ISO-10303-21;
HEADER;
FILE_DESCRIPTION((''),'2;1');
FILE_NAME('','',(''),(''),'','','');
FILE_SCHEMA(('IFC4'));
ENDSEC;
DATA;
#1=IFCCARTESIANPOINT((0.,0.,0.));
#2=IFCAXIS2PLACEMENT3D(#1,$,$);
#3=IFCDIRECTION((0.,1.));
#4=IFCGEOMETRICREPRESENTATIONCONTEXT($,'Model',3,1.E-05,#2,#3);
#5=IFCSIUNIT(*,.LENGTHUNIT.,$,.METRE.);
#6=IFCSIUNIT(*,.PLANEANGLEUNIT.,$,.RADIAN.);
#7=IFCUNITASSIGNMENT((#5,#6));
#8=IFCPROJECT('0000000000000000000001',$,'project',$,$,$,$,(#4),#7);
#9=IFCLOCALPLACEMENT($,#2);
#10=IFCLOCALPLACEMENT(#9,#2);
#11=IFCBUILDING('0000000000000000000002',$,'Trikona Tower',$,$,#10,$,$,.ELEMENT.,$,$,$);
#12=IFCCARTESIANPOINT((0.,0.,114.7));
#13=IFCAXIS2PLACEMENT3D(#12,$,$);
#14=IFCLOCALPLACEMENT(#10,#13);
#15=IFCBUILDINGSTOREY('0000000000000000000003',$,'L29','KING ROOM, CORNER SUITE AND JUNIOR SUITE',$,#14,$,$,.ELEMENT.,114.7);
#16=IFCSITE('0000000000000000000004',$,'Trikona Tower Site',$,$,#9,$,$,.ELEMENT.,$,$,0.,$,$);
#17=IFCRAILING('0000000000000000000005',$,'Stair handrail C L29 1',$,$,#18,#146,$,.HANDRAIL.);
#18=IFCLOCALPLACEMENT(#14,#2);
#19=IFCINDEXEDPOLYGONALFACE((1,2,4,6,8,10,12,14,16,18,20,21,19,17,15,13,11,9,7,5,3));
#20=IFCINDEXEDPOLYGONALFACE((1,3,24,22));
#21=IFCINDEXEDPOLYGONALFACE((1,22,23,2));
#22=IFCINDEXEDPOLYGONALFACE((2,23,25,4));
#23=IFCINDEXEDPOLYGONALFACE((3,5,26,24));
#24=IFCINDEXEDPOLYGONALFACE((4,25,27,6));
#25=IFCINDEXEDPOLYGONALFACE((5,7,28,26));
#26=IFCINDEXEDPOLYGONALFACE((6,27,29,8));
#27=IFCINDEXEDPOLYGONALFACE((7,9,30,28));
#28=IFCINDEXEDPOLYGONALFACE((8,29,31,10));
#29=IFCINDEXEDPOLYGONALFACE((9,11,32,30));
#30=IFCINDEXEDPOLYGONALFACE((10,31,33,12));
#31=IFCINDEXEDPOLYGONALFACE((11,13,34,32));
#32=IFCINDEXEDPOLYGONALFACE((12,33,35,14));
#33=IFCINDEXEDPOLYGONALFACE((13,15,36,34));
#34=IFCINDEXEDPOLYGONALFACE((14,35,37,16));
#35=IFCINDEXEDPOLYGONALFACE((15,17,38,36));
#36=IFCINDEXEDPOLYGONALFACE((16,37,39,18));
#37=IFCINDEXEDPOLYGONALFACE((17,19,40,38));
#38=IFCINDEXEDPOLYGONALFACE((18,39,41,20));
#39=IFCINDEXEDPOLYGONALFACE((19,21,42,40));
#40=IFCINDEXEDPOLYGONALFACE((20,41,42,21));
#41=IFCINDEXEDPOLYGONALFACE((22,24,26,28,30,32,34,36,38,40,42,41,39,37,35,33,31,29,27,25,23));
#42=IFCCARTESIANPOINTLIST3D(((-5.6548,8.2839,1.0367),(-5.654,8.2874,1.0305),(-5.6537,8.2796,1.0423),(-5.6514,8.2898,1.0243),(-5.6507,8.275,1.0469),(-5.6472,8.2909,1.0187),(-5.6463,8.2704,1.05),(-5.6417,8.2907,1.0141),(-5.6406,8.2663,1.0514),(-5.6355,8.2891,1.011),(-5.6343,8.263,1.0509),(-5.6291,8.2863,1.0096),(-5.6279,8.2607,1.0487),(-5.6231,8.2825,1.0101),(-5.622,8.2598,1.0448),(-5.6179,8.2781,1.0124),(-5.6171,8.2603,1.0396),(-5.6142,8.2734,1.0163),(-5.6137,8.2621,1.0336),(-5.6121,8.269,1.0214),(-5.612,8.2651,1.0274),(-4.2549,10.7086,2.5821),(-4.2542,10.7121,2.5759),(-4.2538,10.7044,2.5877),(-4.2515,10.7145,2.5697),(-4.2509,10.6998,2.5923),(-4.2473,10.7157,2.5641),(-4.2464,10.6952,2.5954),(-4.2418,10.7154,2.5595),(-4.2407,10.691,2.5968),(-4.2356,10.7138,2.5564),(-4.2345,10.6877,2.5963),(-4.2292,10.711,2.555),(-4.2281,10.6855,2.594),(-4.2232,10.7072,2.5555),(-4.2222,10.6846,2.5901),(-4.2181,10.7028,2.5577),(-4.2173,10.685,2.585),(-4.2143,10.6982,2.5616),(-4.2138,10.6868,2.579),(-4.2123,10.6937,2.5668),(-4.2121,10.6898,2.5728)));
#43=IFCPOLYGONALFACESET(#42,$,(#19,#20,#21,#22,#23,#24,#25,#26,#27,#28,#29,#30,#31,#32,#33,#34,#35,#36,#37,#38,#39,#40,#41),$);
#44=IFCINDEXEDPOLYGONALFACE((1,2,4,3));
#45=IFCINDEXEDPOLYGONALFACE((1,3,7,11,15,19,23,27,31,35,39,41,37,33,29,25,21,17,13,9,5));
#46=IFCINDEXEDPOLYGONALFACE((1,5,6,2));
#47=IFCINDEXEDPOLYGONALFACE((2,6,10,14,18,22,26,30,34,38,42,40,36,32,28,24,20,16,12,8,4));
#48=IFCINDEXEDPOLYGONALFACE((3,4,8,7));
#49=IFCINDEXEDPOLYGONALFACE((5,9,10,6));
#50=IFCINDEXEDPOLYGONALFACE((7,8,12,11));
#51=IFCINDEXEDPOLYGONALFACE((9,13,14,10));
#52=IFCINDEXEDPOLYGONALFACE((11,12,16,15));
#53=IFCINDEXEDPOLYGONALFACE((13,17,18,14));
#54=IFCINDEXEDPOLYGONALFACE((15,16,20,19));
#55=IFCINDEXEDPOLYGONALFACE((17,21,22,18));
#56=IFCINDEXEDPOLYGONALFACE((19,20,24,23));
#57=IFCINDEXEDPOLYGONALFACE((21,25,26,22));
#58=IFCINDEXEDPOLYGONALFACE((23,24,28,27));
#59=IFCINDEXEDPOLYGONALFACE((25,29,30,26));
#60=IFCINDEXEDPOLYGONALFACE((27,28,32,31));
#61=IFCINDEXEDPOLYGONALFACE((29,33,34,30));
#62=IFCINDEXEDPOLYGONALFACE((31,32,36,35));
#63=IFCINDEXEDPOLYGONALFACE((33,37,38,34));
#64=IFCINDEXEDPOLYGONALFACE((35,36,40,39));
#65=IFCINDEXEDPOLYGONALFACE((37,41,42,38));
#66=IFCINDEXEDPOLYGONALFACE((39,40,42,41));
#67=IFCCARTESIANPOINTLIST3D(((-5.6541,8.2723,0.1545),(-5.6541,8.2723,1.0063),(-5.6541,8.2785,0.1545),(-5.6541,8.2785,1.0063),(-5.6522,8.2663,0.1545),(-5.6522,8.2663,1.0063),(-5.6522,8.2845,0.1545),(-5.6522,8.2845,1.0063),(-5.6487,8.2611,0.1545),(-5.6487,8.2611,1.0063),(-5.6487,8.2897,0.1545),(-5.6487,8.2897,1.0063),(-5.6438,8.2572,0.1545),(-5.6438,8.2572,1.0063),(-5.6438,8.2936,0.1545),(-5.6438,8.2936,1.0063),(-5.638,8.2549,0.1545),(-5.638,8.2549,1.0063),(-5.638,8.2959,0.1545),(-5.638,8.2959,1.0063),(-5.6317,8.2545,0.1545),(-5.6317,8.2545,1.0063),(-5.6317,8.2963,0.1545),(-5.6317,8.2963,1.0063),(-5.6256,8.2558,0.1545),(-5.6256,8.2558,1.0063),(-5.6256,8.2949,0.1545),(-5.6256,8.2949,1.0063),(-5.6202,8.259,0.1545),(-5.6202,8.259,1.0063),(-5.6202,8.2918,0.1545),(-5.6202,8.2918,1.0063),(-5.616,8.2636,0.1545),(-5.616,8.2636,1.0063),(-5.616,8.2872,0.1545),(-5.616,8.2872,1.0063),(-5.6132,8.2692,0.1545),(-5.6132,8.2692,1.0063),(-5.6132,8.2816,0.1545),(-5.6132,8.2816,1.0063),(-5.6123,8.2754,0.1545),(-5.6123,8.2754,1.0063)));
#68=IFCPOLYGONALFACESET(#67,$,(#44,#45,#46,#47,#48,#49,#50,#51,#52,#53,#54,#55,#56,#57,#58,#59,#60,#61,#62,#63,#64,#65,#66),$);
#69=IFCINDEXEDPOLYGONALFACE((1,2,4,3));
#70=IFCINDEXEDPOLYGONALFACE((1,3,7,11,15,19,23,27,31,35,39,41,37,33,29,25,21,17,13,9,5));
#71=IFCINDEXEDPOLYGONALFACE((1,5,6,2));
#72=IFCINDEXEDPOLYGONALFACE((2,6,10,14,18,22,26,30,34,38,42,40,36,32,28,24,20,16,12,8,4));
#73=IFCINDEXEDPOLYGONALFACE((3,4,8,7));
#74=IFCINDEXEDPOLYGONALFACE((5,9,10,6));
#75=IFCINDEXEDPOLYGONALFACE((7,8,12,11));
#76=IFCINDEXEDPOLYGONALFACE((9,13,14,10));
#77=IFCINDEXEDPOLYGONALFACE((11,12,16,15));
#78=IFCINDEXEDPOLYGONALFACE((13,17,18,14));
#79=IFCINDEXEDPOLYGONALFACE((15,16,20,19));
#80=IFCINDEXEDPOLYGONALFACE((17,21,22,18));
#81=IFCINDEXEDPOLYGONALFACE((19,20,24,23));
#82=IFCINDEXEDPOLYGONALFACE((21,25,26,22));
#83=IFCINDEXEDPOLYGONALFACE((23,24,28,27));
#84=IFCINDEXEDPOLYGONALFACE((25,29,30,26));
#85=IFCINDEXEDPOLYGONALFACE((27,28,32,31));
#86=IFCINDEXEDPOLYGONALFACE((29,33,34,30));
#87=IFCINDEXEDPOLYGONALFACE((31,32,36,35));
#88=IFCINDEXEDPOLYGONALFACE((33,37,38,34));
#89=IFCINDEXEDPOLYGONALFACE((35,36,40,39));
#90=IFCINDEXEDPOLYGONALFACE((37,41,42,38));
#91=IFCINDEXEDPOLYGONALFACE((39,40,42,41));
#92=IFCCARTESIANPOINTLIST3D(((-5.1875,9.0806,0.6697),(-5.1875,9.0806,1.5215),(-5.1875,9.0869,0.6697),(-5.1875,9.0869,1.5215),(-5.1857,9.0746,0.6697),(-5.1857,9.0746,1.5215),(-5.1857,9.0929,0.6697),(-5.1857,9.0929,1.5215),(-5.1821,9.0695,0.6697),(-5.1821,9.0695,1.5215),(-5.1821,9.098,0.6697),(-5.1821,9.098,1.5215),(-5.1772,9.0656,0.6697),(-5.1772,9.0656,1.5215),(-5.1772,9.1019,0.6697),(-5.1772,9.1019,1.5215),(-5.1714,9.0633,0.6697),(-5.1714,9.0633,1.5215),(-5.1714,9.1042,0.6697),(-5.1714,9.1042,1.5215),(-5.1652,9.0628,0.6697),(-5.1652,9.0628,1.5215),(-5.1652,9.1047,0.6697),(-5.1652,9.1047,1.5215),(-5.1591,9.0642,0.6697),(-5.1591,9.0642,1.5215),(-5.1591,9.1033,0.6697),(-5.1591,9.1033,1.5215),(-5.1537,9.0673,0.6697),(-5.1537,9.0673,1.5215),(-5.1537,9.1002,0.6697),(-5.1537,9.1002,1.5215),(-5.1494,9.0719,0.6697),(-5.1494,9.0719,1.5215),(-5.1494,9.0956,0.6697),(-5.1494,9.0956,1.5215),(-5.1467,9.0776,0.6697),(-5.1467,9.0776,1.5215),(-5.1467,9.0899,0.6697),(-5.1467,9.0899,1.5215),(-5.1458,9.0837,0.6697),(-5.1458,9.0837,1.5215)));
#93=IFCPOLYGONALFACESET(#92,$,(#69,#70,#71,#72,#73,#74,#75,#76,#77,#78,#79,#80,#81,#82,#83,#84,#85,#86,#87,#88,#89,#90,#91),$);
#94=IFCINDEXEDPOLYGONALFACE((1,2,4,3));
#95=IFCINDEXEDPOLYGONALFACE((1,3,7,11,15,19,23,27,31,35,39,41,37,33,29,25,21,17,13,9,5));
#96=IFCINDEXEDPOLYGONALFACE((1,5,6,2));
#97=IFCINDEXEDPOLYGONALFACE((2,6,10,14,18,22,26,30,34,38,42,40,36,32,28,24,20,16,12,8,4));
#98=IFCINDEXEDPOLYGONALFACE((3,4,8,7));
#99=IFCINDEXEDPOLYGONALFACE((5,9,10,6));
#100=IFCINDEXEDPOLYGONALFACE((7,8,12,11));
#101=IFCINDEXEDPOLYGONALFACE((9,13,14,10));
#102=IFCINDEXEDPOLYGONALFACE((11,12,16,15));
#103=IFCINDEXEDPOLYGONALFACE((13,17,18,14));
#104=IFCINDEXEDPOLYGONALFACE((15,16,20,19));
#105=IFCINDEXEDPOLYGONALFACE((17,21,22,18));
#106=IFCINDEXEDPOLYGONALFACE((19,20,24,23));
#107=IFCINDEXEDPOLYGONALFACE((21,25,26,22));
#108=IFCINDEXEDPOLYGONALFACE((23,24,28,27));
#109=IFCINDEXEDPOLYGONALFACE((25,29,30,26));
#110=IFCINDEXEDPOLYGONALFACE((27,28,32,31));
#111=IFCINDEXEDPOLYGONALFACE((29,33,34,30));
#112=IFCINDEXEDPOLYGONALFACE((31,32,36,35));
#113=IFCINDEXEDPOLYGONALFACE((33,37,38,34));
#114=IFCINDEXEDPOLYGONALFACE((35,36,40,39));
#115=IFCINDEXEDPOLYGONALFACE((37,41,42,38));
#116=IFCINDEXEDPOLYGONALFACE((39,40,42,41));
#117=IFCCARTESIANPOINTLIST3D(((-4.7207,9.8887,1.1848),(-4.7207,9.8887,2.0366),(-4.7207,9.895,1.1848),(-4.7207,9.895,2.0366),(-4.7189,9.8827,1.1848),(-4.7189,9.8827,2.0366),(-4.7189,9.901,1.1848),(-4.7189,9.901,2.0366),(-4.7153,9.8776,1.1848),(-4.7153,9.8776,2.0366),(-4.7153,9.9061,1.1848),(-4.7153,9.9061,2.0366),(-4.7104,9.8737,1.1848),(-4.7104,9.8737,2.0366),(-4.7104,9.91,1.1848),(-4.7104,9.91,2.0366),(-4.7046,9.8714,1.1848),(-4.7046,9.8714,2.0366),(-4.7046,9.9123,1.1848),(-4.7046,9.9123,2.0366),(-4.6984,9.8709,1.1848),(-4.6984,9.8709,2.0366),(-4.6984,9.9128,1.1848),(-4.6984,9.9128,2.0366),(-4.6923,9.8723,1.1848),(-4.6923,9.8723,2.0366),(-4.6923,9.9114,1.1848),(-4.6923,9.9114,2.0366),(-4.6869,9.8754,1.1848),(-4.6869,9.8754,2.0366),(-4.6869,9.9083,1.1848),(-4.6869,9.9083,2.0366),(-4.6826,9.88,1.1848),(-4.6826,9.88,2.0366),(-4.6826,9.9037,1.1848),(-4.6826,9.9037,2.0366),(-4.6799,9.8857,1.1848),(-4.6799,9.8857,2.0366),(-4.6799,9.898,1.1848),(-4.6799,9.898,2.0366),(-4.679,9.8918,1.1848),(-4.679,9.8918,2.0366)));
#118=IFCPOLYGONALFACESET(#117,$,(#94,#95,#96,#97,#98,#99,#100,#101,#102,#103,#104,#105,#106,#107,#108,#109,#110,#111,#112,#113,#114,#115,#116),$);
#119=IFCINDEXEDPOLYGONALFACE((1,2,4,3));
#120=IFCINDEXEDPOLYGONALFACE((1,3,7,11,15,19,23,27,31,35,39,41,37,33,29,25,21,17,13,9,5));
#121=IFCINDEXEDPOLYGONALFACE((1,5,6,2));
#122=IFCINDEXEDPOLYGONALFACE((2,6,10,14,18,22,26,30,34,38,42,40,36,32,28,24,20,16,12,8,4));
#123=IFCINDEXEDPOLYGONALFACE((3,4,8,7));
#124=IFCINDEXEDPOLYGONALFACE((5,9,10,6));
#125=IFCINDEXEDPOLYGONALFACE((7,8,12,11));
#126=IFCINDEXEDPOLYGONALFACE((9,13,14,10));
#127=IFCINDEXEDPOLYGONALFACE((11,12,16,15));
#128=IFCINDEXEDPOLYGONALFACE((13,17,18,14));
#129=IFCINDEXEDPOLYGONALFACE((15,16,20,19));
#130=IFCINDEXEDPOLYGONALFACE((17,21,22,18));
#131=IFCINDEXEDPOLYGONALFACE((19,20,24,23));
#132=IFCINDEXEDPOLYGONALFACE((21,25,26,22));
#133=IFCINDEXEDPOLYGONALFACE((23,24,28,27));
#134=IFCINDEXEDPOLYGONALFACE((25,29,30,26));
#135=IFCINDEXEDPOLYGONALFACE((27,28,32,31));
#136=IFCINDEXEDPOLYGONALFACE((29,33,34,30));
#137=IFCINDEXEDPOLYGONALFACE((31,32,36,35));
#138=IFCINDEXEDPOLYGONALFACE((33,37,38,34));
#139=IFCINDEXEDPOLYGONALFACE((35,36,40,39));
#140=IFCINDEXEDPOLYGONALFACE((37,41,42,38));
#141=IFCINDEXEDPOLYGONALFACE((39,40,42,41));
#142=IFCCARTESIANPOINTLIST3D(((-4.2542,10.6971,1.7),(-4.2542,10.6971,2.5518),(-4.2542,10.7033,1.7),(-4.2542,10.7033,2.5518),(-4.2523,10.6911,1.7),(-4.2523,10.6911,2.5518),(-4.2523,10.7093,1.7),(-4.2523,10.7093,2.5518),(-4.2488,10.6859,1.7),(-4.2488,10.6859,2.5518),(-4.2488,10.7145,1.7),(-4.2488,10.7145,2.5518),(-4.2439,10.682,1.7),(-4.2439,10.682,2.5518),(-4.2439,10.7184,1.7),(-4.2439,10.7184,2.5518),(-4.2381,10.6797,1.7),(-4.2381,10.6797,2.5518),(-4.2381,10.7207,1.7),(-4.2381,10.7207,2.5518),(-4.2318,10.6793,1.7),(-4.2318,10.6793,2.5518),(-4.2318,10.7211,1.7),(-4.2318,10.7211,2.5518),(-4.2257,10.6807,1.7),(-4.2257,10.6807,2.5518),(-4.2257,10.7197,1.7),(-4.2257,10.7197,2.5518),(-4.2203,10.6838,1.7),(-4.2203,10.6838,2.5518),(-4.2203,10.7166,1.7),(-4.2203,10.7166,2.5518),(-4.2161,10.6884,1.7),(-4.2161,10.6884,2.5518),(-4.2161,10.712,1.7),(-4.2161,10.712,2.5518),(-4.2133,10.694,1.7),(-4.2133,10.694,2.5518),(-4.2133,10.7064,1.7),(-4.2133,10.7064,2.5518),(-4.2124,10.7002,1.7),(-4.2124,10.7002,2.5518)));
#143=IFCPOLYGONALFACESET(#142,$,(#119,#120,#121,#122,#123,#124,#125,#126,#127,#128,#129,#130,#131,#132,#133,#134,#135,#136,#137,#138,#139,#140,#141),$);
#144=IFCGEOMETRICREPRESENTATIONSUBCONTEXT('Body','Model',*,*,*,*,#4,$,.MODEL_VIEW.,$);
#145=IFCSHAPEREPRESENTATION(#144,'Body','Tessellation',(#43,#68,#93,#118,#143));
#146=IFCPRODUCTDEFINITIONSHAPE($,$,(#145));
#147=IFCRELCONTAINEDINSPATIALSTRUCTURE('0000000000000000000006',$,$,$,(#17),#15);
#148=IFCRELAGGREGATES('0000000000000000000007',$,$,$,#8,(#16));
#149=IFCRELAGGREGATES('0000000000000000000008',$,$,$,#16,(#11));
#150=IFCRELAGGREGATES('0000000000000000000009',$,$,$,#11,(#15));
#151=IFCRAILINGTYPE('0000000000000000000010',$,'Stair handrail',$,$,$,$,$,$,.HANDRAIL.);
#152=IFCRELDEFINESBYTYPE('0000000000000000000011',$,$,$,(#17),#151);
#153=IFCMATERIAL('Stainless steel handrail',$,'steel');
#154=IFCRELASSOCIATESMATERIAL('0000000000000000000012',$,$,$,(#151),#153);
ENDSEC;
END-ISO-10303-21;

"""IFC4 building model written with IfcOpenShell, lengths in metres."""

from ifc_helpers import new_model, si_unit, direction, frame, origin, origin_2d, place, context, subcontext, project, spatial, circle, extrude, material, type_object, element, save


model = new_model("IFC4")

# Units and contexts
model_context = context("Model", 3, precision=1e-05, world=origin(), true_north=direction((0.0, 1.0)))
body_context = subcontext(model_context, "Body", "Model", "MODEL_VIEW")
ifc_project = project(units=[si_unit("LENGTHUNIT", "METRE"), si_unit("PLANEANGLEUNIT", "RADIAN")], contexts=[model_context])

# Site, building, storey
site_placement = place(None, origin())
site = spatial("IfcSite", under=ifc_project, at=site_placement, Name="Trikona Tower Site", CompositionType="ELEMENT", RefElevation=0.0)
building_placement = place(site_placement, origin())
building = spatial("IfcBuilding", under=site, at=building_placement, Name="Trikona Tower", CompositionType="ELEMENT")
storey_placement = place(building_placement, frame((0.0, 0.0, 114.7)))
storey = spatial("IfcBuildingStorey", under=building, at=storey_placement, Name="L29", Description="KING ROOM, CORNER SUITE AND JUNIOR SUITE", CompositionType="ELEMENT", Elevation=114.7)

# Railing
ifc_material_1 = material(Name="Stainless steel handrail", Category="steel")
railing_type = type_object("IfcRailingType", Name="Stair handrail", PredefinedType="HANDRAIL", material=ifc_material_1)
railing_1_placement = place(storey_placement, frame((-5.6333, 8.2754, 0.1545)))
element("IfcRailing", 1, at=railing_1_placement, inside=storey, type_object=railing_type, Name="Stair handrail C L29 1", PredefinedType="HANDRAIL", context=body_context, shape_type="SweptSolid", body=[
    extrude(circle(Radius=0.0239, at=origin_2d()), frame((0.0, 0.0, 0.876), z_axis=(0.437733, 0.758207, 0.483231), x_axis=(-0.866035, 0.499984, 0.0)), (0.0, 0.0, 1.0), 3.198),
    extrude(circle(Radius=0.021, at=origin_2d()), origin(), (0.0, 0.0, 1.0), 0.8518),
    extrude(circle(Radius=0.021, at=origin_2d()), frame((0.4666, 0.8083, 0.5151)), (0.0, 0.0, 1.0), 0.8518),
    extrude(circle(Radius=0.021, at=origin_2d()), frame((0.9333, 1.6165, 1.0303)), (0.0, 0.0, 1.0), 0.8518),
    extrude(circle(Radius=0.021, at=origin_2d()), frame((1.3999, 2.4248, 1.5454)), (0.0, 0.0, 1.0), 0.8518),
])

save(model, "model.ifc")
